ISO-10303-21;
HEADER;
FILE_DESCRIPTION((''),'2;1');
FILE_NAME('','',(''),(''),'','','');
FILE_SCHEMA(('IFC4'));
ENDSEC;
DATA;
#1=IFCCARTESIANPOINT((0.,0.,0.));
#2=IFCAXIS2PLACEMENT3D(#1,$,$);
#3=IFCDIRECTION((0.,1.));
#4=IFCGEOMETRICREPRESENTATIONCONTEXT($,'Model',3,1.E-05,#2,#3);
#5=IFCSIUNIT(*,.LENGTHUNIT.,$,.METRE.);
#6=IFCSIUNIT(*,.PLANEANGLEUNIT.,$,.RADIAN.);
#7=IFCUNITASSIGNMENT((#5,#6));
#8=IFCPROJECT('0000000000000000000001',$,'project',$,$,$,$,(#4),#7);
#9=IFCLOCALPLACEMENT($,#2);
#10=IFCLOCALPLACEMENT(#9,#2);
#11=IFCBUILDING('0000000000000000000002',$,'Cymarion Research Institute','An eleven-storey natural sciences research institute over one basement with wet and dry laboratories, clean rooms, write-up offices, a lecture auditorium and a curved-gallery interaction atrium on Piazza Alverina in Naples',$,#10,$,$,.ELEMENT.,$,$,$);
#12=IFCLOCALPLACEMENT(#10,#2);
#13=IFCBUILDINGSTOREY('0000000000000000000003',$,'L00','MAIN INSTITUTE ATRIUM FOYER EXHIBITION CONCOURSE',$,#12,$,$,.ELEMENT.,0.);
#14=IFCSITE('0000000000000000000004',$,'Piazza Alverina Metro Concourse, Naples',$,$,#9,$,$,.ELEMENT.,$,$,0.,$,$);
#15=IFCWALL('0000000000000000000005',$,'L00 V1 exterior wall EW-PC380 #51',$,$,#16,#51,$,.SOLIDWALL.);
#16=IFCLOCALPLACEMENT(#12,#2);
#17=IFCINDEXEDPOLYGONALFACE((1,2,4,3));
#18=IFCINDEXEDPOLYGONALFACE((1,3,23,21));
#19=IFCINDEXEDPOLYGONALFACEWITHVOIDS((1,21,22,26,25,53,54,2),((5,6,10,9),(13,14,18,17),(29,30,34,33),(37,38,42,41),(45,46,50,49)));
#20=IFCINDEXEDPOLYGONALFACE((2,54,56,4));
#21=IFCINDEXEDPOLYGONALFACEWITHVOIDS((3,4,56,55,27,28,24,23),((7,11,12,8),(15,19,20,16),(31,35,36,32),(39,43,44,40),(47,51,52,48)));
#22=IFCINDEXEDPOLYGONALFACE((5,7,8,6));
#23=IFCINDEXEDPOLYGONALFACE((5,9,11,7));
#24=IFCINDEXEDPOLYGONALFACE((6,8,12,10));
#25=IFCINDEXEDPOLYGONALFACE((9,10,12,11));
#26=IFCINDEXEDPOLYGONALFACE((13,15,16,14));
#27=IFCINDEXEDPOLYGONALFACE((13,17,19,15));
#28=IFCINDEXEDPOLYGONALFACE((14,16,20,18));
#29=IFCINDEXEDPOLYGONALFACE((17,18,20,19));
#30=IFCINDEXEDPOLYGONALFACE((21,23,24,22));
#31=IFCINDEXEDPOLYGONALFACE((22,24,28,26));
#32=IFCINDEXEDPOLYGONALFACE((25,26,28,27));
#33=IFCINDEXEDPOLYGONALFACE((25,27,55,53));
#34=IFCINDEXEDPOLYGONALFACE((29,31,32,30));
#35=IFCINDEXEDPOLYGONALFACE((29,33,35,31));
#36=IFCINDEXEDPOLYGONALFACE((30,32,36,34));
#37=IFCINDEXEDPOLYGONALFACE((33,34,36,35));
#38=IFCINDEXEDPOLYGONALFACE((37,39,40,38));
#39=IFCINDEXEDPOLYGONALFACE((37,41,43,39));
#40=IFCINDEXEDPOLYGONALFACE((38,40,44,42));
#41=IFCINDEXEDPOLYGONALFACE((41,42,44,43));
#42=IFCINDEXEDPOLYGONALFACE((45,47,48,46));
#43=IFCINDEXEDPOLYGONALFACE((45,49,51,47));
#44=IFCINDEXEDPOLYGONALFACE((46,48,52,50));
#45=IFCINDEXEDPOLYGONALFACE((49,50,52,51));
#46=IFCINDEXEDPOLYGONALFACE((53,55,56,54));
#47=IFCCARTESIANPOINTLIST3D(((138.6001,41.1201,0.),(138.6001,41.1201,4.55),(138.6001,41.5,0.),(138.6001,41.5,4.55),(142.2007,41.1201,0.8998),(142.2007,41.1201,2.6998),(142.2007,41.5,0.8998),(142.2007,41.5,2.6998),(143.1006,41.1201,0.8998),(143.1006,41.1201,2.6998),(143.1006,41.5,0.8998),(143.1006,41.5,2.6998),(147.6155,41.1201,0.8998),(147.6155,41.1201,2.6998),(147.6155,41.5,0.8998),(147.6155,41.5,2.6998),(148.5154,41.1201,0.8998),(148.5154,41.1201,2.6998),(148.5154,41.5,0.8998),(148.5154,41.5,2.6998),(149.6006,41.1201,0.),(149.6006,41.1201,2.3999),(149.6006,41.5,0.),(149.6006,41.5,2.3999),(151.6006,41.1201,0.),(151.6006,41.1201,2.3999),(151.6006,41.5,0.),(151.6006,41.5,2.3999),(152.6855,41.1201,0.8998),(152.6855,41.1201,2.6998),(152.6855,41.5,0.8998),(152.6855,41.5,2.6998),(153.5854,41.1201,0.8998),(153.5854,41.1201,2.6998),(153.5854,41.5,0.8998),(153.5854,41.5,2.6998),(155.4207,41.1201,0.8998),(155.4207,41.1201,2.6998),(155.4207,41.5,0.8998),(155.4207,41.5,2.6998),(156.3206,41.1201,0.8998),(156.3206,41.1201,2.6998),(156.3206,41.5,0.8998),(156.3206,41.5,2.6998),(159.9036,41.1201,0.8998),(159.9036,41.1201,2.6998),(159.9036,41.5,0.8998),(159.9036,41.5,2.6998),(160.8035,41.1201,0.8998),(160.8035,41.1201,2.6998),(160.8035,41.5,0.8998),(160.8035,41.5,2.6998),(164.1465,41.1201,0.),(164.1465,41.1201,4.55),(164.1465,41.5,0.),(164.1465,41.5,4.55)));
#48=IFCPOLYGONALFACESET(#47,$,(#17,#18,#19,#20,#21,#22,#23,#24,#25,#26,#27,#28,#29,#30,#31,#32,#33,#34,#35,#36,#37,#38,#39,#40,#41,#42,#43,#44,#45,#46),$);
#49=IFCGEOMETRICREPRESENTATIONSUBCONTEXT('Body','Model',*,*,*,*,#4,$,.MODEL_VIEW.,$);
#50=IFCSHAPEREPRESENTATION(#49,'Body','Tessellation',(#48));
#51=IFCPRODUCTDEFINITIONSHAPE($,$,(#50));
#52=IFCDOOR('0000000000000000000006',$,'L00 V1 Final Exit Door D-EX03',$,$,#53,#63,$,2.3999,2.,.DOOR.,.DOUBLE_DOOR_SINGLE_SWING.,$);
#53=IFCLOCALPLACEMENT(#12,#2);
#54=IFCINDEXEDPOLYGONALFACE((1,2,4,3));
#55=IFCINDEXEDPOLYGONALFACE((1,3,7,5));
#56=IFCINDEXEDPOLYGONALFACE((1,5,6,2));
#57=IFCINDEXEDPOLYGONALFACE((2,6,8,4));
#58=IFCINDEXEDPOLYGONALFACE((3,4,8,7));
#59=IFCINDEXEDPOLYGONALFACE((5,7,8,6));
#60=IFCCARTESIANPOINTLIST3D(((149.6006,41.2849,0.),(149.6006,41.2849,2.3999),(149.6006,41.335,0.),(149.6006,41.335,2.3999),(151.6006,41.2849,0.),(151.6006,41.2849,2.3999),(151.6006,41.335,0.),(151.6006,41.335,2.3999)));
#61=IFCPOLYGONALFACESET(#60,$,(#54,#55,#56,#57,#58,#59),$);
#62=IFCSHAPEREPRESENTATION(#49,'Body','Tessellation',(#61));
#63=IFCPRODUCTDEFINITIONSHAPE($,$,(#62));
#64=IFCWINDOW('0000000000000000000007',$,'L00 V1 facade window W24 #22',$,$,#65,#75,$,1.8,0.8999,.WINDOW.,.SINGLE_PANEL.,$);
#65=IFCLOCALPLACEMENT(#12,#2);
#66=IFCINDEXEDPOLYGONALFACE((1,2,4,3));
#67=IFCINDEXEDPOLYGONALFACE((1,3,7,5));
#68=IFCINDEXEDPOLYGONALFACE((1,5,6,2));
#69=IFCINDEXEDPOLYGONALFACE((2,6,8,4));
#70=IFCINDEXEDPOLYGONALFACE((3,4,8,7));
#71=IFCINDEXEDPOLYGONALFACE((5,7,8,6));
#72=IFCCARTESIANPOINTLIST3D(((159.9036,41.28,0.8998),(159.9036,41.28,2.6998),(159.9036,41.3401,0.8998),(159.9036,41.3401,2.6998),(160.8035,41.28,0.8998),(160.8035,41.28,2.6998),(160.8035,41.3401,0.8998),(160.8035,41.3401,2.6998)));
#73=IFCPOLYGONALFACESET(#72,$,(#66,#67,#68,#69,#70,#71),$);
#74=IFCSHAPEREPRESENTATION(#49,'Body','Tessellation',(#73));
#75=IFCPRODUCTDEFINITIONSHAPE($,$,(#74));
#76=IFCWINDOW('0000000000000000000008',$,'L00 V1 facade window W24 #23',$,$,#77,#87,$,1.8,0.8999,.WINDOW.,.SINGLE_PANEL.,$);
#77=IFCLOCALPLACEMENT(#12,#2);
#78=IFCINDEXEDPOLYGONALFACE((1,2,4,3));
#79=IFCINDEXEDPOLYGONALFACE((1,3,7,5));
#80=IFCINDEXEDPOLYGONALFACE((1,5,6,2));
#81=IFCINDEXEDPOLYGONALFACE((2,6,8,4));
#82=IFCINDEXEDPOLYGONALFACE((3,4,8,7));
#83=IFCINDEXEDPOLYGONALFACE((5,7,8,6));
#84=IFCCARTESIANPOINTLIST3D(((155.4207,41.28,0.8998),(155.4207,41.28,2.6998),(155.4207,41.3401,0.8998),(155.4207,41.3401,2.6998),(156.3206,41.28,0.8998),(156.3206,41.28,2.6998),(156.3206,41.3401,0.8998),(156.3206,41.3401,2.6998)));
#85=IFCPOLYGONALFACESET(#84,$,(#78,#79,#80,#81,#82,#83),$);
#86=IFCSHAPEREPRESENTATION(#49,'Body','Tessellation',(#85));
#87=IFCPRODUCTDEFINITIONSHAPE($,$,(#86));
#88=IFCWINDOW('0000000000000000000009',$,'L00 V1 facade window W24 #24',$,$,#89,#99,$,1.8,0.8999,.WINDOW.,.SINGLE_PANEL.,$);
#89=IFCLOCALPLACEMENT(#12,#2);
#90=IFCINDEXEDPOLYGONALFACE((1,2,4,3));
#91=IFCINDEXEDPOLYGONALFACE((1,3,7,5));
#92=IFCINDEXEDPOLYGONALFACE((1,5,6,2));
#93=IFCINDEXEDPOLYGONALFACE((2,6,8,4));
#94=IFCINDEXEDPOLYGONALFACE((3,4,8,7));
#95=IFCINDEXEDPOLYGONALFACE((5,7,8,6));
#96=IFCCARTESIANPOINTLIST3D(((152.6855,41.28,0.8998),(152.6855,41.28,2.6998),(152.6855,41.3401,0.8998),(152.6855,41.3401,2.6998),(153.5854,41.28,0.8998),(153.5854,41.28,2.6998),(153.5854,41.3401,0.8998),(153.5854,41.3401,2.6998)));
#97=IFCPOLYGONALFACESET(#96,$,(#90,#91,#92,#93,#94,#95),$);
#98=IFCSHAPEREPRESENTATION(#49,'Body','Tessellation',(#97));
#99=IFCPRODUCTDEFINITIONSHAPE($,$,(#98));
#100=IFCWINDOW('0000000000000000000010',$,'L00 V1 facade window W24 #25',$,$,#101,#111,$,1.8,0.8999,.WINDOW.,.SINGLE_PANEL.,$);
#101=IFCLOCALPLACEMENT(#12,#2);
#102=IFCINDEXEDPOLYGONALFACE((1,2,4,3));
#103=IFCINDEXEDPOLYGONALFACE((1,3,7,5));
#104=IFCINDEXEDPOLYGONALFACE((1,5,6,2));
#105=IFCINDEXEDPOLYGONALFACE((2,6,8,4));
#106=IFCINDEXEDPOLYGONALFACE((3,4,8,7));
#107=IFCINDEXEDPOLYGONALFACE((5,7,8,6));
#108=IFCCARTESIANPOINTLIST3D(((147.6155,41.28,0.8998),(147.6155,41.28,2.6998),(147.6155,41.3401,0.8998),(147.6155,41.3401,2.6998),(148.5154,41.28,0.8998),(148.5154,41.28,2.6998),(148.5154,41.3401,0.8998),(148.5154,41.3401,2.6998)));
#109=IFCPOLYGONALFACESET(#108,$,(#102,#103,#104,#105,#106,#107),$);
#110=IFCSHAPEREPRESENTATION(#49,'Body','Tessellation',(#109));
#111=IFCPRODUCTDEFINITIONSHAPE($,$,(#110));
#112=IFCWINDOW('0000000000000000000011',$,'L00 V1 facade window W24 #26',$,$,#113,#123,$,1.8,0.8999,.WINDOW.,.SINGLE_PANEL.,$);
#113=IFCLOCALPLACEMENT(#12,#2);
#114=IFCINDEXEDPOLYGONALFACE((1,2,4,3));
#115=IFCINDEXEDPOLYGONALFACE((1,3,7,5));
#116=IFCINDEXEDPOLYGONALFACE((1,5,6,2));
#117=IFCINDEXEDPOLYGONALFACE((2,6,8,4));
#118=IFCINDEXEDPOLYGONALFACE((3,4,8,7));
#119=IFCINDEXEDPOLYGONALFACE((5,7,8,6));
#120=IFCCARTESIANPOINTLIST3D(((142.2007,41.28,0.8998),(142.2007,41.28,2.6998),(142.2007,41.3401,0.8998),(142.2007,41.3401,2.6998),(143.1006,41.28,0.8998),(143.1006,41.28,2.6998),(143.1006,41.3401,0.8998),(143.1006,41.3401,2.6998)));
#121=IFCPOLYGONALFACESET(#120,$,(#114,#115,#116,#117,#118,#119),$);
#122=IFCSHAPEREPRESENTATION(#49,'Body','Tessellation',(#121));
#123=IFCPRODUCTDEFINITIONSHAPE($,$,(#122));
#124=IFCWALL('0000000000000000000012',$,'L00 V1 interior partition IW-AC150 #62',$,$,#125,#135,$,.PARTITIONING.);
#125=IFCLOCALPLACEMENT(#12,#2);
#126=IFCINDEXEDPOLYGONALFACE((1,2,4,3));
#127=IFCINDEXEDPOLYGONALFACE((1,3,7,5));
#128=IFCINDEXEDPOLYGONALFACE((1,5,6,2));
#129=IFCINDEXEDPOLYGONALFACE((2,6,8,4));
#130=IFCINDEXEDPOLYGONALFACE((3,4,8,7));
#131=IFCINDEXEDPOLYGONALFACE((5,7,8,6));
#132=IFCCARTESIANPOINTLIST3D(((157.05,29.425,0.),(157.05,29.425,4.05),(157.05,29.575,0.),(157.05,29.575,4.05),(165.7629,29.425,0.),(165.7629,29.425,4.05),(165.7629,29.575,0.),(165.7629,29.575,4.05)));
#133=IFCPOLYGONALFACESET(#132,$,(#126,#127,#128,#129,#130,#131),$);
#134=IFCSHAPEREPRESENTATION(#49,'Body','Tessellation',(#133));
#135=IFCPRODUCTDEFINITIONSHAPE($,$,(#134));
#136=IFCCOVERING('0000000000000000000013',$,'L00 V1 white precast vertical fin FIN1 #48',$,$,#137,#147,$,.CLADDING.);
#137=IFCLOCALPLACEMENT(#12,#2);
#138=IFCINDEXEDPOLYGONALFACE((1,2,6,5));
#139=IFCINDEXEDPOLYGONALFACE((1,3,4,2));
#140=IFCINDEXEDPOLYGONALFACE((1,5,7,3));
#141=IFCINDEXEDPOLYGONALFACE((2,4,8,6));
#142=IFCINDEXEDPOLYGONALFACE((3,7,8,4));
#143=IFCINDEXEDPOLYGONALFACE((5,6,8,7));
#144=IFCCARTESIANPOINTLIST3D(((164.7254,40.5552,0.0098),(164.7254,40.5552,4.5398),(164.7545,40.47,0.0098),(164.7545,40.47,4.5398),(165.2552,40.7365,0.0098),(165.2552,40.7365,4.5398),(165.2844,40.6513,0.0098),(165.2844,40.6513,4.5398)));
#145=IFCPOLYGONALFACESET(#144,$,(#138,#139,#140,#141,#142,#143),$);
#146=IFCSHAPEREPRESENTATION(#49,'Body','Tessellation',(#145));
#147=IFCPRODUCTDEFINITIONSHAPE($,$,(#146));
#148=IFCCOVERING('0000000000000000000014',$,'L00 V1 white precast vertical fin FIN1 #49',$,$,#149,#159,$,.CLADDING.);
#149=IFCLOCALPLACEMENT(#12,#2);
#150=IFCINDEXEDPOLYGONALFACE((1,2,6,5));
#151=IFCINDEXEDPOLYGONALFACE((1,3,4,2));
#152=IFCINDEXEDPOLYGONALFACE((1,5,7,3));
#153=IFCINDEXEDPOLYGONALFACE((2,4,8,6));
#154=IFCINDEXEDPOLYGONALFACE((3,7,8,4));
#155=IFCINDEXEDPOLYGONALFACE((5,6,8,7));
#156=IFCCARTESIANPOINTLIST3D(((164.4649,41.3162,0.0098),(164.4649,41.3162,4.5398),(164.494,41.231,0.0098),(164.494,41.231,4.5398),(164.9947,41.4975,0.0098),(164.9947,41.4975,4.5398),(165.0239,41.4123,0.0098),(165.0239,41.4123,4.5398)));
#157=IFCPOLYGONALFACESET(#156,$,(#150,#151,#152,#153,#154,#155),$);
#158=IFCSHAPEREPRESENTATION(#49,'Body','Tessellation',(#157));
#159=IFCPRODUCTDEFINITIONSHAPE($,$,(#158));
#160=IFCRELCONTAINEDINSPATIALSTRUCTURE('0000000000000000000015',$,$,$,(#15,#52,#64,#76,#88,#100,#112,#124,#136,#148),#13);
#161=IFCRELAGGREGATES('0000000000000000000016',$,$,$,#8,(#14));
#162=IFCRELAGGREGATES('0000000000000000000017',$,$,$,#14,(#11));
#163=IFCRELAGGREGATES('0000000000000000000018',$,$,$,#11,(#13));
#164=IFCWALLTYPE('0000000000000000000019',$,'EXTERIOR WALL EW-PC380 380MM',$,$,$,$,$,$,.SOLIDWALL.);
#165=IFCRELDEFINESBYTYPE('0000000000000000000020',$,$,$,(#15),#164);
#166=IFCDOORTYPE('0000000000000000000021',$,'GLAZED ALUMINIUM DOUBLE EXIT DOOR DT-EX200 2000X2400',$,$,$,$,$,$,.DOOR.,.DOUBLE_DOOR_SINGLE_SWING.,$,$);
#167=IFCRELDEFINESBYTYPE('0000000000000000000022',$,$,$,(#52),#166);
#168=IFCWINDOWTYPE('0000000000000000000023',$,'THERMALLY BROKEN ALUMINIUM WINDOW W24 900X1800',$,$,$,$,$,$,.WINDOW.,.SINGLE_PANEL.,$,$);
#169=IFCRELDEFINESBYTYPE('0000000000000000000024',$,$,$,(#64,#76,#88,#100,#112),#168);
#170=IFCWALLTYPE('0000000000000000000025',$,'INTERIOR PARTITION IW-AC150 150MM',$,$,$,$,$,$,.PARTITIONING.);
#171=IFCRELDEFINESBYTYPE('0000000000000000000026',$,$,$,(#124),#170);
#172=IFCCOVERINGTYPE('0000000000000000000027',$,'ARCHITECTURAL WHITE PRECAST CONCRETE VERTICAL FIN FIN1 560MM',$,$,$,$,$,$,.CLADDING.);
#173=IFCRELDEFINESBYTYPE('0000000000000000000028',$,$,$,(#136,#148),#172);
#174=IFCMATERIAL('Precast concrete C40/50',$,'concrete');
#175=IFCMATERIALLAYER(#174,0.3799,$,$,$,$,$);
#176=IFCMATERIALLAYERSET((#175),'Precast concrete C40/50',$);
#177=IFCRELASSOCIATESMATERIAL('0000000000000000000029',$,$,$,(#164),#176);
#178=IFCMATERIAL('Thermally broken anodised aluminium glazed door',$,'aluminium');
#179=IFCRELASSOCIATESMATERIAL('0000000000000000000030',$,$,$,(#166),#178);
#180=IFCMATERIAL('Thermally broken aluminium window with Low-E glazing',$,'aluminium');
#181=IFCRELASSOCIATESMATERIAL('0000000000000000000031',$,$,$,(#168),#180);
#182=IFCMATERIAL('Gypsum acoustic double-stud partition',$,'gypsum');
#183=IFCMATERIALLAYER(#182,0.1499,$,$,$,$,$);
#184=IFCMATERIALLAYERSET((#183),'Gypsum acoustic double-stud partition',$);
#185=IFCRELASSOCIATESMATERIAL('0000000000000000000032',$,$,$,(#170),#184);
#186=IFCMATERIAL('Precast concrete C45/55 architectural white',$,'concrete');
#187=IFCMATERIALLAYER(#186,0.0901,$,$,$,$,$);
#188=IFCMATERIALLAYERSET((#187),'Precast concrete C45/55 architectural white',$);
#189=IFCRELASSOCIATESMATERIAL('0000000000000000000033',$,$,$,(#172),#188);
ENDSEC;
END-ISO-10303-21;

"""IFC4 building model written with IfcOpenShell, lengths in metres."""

from ifc_helpers import new_model, si_unit, direction, frame, frame_2d, origin, origin_2d, place, context, subcontext, project, spatial, rectangle, extrude, material, layer, layer_set, type_object, element, fill, save


model = new_model("IFC4")

# Units and contexts
model_context = context("Model", 3, precision=1e-05, world=origin(), true_north=direction((0.0, 1.0)))
body_context = subcontext(model_context, "Body", "Model", "MODEL_VIEW")
ifc_project = project(units=[si_unit("LENGTHUNIT", "METRE"), si_unit("PLANEANGLEUNIT", "RADIAN")], contexts=[model_context])

# Site, building, storey
site_placement = place(None, origin())
site = spatial("IfcSite", under=ifc_project, at=site_placement, Name="Piazza Alverina Metro Concourse, Naples", CompositionType="ELEMENT", RefElevation=0.0)
building_placement = place(site_placement, origin())
building = spatial("IfcBuilding", under=site, at=building_placement, Name="Cymarion Research Institute", Description="An eleven-storey natural sciences research institute over one basement with wet and dry laboratories, clean rooms, write-up offices, a lecture auditorium and a curved-gallery interaction atrium on Piazza Alverina in Naples", CompositionType="ELEMENT")
storey_placement = place(building_placement, origin())
storey = spatial("IfcBuildingStorey", under=building, at=storey_placement, Name="L00", Description="MAIN INSTITUTE ATRIUM FOYER EXHIBITION CONCOURSE", CompositionType="ELEMENT", Elevation=0.0)

# Wall, openings, door, windows
ifc_material_1 = material(Name="Precast concrete C40/50", Category="concrete")
ifc_layer_1 = layer(ifc_material_1, 0.3799)
ifc_layer_set_1 = layer_set([ifc_layer_1], Name="Precast concrete C40/50")
wall_type_1 = type_object("IfcWallType", Name="EXTERIOR WALL EW-PC380 380MM", PredefinedType="SOLIDWALL", material=ifc_layer_set_1)
wall_1_placement = place(storey_placement, frame((164.1465, 41.3101, 0.0), z_axis=(0.0, 0.0, 1.0), x_axis=(-1.0, 0.0, 0.0)))
wall_1 = element("IfcWall", 1, at=wall_1_placement, inside=storey, type_object=wall_type_1, Name="L00 V1 exterior wall EW-PC380 #51", PredefinedType="SOLIDWALL", context=body_context, shape_type="SweptSolid", body=[
    extrude(rectangle(XDim=25.5464, YDim=0.3799, at=frame_2d((12.7732, 0.0))), origin(), (0.0, 0.0, 1.0), 4.55),
])
opening_1_placement = place(wall_1_placement, frame((12.5459, 0.0, 0.0)))
opening_1 = element("IfcOpeningElement", 2, at=opening_1_placement, cuts=wall_1, PredefinedType="OPENING", context=body_context, shape_type="SweptSolid", body=[
    extrude(rectangle(XDim=2.0, YDim=2.3999, at=frame_2d((1.0, 1.2))), frame((0.0, 0.2, 0.0), z_axis=(0.0, -1.0, 0.0), x_axis=(1.0, 0.0, 0.0)), (0.0, 0.0, 1.0), 0.3999),
])
opening_2_placement = place(wall_1_placement, frame((3.343, 0.0, 0.8999)))
opening_2 = element("IfcOpeningElement", 3, at=opening_2_placement, cuts=wall_1, PredefinedType="OPENING", context=body_context, shape_type="SweptSolid", body=[
    extrude(rectangle(XDim=0.8999, YDim=1.8, at=frame_2d((0.45, 0.8999))), frame((0.0, 0.2, 0.0), z_axis=(0.0, -1.0, 0.0), x_axis=(1.0, 0.0, 0.0)), (0.0, 0.0, 1.0), 0.3999),
])
opening_3_placement = place(wall_1_placement, frame((7.8259, 0.0, 0.8999)))
opening_3 = element("IfcOpeningElement", 4, at=opening_3_placement, cuts=wall_1, PredefinedType="OPENING", context=body_context, shape_type="SweptSolid", body=[
    extrude(rectangle(XDim=0.8999, YDim=1.8, at=frame_2d((0.45, 0.8999))), frame((0.0, 0.2, 0.0), z_axis=(0.0, -1.0, 0.0), x_axis=(1.0, 0.0, 0.0)), (0.0, 0.0, 1.0), 0.3999),
])
opening_4_placement = place(wall_1_placement, frame((10.561, 0.0, 0.8999)))
opening_4 = element("IfcOpeningElement", 5, at=opening_4_placement, cuts=wall_1, PredefinedType="OPENING", context=body_context, shape_type="SweptSolid", body=[
    extrude(rectangle(XDim=0.8999, YDim=1.8, at=frame_2d((0.45, 0.8999))), frame((0.0, 0.2, 0.0), z_axis=(0.0, -1.0, 0.0), x_axis=(1.0, 0.0, 0.0)), (0.0, 0.0, 1.0), 0.3999),
])
opening_5_placement = place(wall_1_placement, frame((15.6311, 0.0, 0.8999)))
opening_5 = element("IfcOpeningElement", 6, at=opening_5_placement, cuts=wall_1, PredefinedType="OPENING", context=body_context, shape_type="SweptSolid", body=[
    extrude(rectangle(XDim=0.8999, YDim=1.8, at=frame_2d((0.45, 0.8999))), frame((0.0, 0.2, 0.0), z_axis=(0.0, -1.0, 0.0), x_axis=(1.0, 0.0, 0.0)), (0.0, 0.0, 1.0), 0.3999),
])
opening_6_placement = place(wall_1_placement, frame((21.0459, 0.0, 0.8999)))
opening_6 = element("IfcOpeningElement", 7, at=opening_6_placement, cuts=wall_1, PredefinedType="OPENING", context=body_context, shape_type="SweptSolid", body=[
    extrude(rectangle(XDim=0.8999, YDim=1.8, at=frame_2d((0.45, 0.8999))), frame((0.0, 0.2, 0.0), z_axis=(0.0, -1.0, 0.0), x_axis=(1.0, 0.0, 0.0)), (0.0, 0.0, 1.0), 0.3999),
])
ifc_material_2 = material(Name="Thermally broken anodised aluminium glazed door", Category="aluminium")
door_type = type_object("IfcDoorType", Name="GLAZED ALUMINIUM DOUBLE EXIT DOOR DT-EX200 2000X2400", OperationType="DOUBLE_DOOR_SINGLE_SWING", PredefinedType="DOOR", material=ifc_material_2)
door_placement = place(opening_1_placement, frame((2.0, 0.0, 0.0), z_axis=(0.0, 0.0, 1.0), x_axis=(-1.0, 0.0, 0.0)))
door = element("IfcDoor", 8, at=door_placement, inside=storey, type_object=door_type, Name="L00 V1 Final Exit Door D-EX03", OperationType="DOUBLE_DOOR_SINGLE_SWING", OverallHeight=2.3999, OverallWidth=2.0, PredefinedType="DOOR", context=body_context, shape_type="SweptSolid", body=[
    extrude(rectangle(XDim=2.0, YDim=2.3999, at=frame_2d((1.0, 1.2))), frame((0.0, 0.0249, 0.0), z_axis=(0.0, -1.0, 0.0), x_axis=(1.0, 0.0, 0.0)), (0.0, 0.0, 1.0), 0.05),
])
fill(opening_1, door)
ifc_material_3 = material(Name="Thermally broken aluminium window with Low-E glazing", Category="aluminium")
window_type = type_object("IfcWindowType", Name="THERMALLY BROKEN ALUMINIUM WINDOW W24 900X1800", PartitioningType="SINGLE_PANEL", PredefinedType="WINDOW", material=ifc_material_3)
window_1_placement = place(opening_2_placement, origin())
window_1 = element("IfcWindow", 9, at=window_1_placement, inside=storey, type_object=window_type, Name="L00 V1 facade window W24 #22", OverallHeight=1.8, OverallWidth=0.8999, PartitioningType="SINGLE_PANEL", PredefinedType="WINDOW", context=body_context, shape_type="SweptSolid", body=[
    extrude(rectangle(XDim=0.8999, YDim=1.8, at=frame_2d((0.45, 0.8999))), frame((0.0, 0.03, 0.0), z_axis=(0.0, -1.0, 0.0), x_axis=(1.0, 0.0, 0.0)), (0.0, 0.0, 1.0), 0.0601),
])
fill(opening_2, window_1)
window_2_placement = place(opening_3_placement, origin())
window_2 = element("IfcWindow", 10, at=window_2_placement, inside=storey, type_object=window_type, Name="L00 V1 facade window W24 #23", OverallHeight=1.8, OverallWidth=0.8999, PartitioningType="SINGLE_PANEL", PredefinedType="WINDOW", context=body_context, shape_type="SweptSolid", body=[
    extrude(rectangle(XDim=0.8999, YDim=1.8, at=frame_2d((0.45, 0.8999))), frame((0.0, 0.03, 0.0), z_axis=(0.0, -1.0, 0.0), x_axis=(1.0, 0.0, 0.0)), (0.0, 0.0, 1.0), 0.0601),
])
fill(opening_3, window_2)
window_3_placement = place(opening_4_placement, origin())
window_3 = element("IfcWindow", 11, at=window_3_placement, inside=storey, type_object=window_type, Name="L00 V1 facade window W24 #24", OverallHeight=1.8, OverallWidth=0.8999, PartitioningType="SINGLE_PANEL", PredefinedType="WINDOW", context=body_context, shape_type="SweptSolid", body=[
    extrude(rectangle(XDim=0.8999, YDim=1.8, at=frame_2d((0.45, 0.8999))), frame((0.0, 0.03, 0.0), z_axis=(0.0, -1.0, 0.0), x_axis=(1.0, 0.0, 0.0)), (0.0, 0.0, 1.0), 0.0601),
])
fill(opening_4, window_3)
window_4_placement = place(opening_5_placement, origin())
window_4 = element("IfcWindow", 12, at=window_4_placement, inside=storey, type_object=window_type, Name="L00 V1 facade window W24 #25", OverallHeight=1.8, OverallWidth=0.8999, PartitioningType="SINGLE_PANEL", PredefinedType="WINDOW", context=body_context, shape_type="SweptSolid", body=[
    extrude(rectangle(XDim=0.8999, YDim=1.8, at=frame_2d((0.45, 0.8999))), frame((0.0, 0.03, 0.0), z_axis=(0.0, -1.0, 0.0), x_axis=(1.0, 0.0, 0.0)), (0.0, 0.0, 1.0), 0.0601),
])
fill(opening_5, window_4)
window_5_placement = place(opening_6_placement, origin())
window_5 = element("IfcWindow", 13, at=window_5_placement, inside=storey, type_object=window_type, Name="L00 V1 facade window W24 #26", OverallHeight=1.8, OverallWidth=0.8999, PartitioningType="SINGLE_PANEL", PredefinedType="WINDOW", context=body_context, shape_type="SweptSolid", body=[
    extrude(rectangle(XDim=0.8999, YDim=1.8, at=frame_2d((0.45, 0.8999))), frame((0.0, 0.03, 0.0), z_axis=(0.0, -1.0, 0.0), x_axis=(1.0, 0.0, 0.0)), (0.0, 0.0, 1.0), 0.0601),
])
fill(opening_6, window_5)

# Wall
ifc_material_4 = material(Name="Gypsum acoustic double-stud partition", Category="gypsum")
ifc_layer_2 = layer(ifc_material_4, 0.1499)
ifc_layer_set_2 = layer_set([ifc_layer_2], Name="Gypsum acoustic double-stud partition")
wall_type_2 = type_object("IfcWallType", Name="INTERIOR PARTITION IW-AC150 150MM", PredefinedType="PARTITIONING", material=ifc_layer_set_2)
wall_2_placement = place(storey_placement, frame((157.05, 29.5, 0.0), z_axis=(0.0, 0.0, 1.0), x_axis=(1.0, 0.0, 0.0)))
element("IfcWall", 14, at=wall_2_placement, inside=storey, type_object=wall_type_2, Name="L00 V1 interior partition IW-AC150 #62", PredefinedType="PARTITIONING", context=body_context, shape_type="SweptSolid", body=[
    extrude(rectangle(XDim=8.7129, YDim=0.1499, at=frame_2d((4.3564, 0.0))), origin(), (0.0, 0.0, 1.0), 4.05),
])

# Coverings
ifc_material_5 = material(Name="Precast concrete C45/55 architectural white", Category="concrete")
ifc_layer_3 = layer(ifc_material_5, 0.0901)
ifc_layer_set_3 = layer_set([ifc_layer_3], Name="Precast concrete C45/55 architectural white")
covering_type = type_object("IfcCoveringType", Name="ARCHITECTURAL WHITE PRECAST CONCRETE VERTICAL FIN FIN1 560MM", PredefinedType="CLADDING", material=ifc_layer_set_3)
for number, where, z_axis, x_axis, name in (
    (15, (165.0049, 40.6033, 0.0098), (0.0, 0.0, 1.0), (0.946142, 0.323752, 0.0), "L00 V1 white precast vertical fin FIN1 #48"),
    (16, (164.7444, 41.3643, 0.0098), (0.0, 0.0, 1.0), (0.946142, 0.323752, 0.0), "L00 V1 white precast vertical fin FIN1 #49"),
):
    element("IfcCovering", number, at=place(storey_placement, frame(where, z_axis=z_axis, x_axis=x_axis)), inside=storey, type_object=covering_type, Name=name, PredefinedType="CLADDING", context=body_context, shape_type="SweptSolid", body=[
        extrude(rectangle(XDim=0.5601, YDim=0.0901, at=origin_2d()), origin(), (0.0, 0.0, 1.0), 4.53),
    ])

save(model, "model.ifc")
